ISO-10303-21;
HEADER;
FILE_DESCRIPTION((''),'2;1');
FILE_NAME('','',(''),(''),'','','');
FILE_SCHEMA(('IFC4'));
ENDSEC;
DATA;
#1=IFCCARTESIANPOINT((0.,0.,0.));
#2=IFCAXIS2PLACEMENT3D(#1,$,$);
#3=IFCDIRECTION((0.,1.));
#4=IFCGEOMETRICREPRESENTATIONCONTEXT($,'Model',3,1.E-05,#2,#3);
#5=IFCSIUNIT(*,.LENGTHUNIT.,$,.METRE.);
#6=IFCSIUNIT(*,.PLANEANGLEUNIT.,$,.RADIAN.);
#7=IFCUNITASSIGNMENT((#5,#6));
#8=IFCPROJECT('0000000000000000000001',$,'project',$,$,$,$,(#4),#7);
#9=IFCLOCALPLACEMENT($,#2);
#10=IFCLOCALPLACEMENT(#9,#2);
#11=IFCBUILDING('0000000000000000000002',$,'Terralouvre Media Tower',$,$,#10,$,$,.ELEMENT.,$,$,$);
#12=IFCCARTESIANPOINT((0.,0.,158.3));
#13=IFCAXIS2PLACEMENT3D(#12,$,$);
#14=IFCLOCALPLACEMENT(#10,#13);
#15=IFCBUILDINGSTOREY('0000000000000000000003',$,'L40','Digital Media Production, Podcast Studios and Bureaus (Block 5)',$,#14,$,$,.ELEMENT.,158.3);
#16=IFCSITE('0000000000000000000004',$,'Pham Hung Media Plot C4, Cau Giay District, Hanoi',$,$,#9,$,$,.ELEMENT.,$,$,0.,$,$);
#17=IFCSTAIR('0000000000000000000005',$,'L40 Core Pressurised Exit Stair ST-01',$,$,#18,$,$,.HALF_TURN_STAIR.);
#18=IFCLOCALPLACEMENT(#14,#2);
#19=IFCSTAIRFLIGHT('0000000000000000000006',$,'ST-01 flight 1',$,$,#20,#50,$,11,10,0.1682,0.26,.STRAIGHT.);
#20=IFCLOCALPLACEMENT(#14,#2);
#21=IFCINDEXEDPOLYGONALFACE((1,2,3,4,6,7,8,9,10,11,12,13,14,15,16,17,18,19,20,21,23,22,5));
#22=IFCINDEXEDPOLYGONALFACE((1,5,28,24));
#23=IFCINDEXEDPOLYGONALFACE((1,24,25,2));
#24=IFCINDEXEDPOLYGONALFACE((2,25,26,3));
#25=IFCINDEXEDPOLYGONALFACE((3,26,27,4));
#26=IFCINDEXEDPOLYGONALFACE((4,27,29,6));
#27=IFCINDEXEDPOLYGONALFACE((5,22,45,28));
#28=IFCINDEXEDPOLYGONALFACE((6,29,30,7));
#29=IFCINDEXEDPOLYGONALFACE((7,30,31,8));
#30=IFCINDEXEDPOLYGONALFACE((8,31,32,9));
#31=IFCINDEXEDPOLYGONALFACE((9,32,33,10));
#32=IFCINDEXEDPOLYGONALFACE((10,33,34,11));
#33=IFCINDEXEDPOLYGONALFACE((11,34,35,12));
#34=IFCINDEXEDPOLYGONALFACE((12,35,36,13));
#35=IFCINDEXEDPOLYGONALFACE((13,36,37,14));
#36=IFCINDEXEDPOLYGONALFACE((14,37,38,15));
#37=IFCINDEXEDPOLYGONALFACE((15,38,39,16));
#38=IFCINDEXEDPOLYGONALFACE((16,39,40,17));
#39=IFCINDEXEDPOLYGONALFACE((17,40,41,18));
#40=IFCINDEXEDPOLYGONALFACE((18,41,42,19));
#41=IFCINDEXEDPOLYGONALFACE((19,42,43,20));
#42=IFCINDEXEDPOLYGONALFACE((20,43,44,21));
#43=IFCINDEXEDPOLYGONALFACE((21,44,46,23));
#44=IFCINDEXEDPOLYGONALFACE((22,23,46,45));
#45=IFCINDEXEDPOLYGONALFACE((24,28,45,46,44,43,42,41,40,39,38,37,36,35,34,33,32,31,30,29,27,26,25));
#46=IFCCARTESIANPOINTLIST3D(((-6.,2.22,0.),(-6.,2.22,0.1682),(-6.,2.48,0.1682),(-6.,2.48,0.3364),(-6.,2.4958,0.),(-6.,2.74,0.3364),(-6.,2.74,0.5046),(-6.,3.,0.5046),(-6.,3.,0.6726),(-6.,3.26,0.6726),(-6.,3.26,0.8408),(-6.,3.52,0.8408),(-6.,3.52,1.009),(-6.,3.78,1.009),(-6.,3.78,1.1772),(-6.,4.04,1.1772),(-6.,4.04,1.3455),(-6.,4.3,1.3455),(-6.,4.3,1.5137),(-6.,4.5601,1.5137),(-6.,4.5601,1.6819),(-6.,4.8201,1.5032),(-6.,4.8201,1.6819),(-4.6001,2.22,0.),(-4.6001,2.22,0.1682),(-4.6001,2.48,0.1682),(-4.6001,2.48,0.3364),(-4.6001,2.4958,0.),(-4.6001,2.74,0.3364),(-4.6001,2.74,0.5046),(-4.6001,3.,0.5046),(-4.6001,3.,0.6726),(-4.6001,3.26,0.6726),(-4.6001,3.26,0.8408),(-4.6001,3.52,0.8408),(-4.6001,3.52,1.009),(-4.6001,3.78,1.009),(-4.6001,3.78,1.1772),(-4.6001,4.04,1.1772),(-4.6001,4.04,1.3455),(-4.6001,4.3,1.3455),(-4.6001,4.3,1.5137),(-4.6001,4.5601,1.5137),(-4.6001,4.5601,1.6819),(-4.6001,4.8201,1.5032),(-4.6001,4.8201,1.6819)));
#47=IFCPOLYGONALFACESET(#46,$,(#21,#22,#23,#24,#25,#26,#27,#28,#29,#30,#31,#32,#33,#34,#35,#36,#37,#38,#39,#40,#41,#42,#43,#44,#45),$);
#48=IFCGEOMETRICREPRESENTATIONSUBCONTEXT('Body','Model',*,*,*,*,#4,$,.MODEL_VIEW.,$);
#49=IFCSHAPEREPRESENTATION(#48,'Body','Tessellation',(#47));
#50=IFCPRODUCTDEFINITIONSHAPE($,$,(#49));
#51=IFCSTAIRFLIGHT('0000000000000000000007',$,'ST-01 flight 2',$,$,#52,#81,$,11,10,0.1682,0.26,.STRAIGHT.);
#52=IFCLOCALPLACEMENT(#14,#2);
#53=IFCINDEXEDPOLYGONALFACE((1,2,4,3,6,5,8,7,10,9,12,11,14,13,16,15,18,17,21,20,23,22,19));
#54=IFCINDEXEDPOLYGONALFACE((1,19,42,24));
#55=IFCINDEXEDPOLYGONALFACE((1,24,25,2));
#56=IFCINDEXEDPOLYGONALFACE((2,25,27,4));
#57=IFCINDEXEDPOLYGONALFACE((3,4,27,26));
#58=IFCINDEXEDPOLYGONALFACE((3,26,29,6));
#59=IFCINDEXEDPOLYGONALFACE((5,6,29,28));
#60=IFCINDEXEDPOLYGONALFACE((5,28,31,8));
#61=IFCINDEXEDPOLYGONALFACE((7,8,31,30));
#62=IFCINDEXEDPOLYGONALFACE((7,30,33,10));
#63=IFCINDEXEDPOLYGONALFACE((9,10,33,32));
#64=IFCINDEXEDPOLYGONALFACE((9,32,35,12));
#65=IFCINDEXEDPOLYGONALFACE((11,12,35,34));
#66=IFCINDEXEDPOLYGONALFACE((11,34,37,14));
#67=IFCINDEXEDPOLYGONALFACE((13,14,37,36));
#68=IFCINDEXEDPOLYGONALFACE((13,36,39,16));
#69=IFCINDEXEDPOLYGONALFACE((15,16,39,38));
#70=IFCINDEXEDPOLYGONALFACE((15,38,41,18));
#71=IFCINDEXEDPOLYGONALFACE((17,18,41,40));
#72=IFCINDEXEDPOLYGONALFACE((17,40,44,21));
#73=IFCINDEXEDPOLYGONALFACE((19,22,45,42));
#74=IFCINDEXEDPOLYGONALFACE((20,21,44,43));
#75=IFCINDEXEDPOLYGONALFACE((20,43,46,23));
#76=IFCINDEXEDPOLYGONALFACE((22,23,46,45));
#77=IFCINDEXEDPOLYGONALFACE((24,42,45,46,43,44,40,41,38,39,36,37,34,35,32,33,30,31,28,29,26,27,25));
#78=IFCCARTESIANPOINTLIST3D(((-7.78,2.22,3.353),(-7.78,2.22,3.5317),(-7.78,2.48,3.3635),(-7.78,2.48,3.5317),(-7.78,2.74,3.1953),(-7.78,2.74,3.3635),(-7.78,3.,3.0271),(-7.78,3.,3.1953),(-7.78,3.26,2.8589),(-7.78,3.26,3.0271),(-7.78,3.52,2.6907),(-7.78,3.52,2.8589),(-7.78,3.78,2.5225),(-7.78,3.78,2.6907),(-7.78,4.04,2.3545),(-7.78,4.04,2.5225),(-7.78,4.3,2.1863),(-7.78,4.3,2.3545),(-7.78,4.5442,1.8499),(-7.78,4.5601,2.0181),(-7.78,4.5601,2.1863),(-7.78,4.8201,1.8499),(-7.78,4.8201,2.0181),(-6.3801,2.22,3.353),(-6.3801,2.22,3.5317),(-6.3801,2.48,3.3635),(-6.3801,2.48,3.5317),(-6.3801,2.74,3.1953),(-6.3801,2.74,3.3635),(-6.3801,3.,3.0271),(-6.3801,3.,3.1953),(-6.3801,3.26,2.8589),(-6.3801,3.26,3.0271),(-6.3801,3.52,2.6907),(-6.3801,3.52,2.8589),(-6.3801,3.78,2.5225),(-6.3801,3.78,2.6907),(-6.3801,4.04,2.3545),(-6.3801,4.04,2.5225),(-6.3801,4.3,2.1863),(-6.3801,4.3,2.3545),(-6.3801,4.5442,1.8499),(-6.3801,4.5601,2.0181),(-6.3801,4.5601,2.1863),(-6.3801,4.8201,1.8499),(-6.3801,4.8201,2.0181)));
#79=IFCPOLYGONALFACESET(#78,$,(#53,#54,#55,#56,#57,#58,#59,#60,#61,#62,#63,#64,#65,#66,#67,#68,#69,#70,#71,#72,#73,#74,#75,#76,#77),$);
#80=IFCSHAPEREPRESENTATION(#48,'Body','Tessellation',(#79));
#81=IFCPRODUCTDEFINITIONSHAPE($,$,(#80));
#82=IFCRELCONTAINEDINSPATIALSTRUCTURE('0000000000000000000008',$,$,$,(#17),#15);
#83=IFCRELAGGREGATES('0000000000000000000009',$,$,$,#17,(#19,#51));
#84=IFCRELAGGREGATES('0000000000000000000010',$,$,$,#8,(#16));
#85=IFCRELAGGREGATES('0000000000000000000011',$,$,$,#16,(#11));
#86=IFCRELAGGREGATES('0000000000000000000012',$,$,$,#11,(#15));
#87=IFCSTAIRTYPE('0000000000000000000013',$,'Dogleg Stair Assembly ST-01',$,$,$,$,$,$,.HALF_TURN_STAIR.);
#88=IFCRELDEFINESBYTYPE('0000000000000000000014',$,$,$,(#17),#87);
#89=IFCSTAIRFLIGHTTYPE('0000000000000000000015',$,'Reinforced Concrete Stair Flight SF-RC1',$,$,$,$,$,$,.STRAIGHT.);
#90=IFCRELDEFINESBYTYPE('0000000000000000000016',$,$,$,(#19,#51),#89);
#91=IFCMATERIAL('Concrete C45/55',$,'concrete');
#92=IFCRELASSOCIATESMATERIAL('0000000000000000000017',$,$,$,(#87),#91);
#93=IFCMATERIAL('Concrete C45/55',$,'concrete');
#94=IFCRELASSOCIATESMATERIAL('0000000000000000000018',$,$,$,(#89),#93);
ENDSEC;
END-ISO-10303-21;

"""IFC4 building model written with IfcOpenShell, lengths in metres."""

from ifc_helpers import new_model, si_unit, direction, frame, origin, place, context, subcontext, project, spatial, polyline, outline, extrude, material, type_object, element, aggregate, save


model = new_model("IFC4")

# Units and contexts
model_context = context("Model", 3, precision=1e-05, world=origin(), true_north=direction((0.0, 1.0)))
body_context = subcontext(model_context, "Body", "Model", "MODEL_VIEW")
ifc_project = project(units=[si_unit("LENGTHUNIT", "METRE"), si_unit("PLANEANGLEUNIT", "RADIAN")], contexts=[model_context])

# Site, building, storey
site_placement = place(None, origin())
site = spatial("IfcSite", under=ifc_project, at=site_placement, Name="Pham Hung Media Plot C4, Cau Giay District, Hanoi", CompositionType="ELEMENT", RefElevation=0.0)
building_placement = place(site_placement, origin())
building = spatial("IfcBuilding", under=site, at=building_placement, Name="Terralouvre Media Tower", CompositionType="ELEMENT")
storey_placement = place(building_placement, frame((0.0, 0.0, 158.3)))
storey = spatial("IfcBuildingStorey", under=building, at=storey_placement, Name="L40", Description="Digital Media Production, Podcast Studios and Bureaus (Block 5)", CompositionType="ELEMENT", Elevation=158.3)

# Stair, stair flights
ifc_material_1 = material(Name="Concrete C45/55", Category="concrete")
stair_type = type_object("IfcStairType", Name="Dogleg Stair Assembly ST-01", PredefinedType="HALF_TURN_STAIR", material=ifc_material_1)
stair_placement = place(storey_placement, origin())
stair = element("IfcStair", 1, at=stair_placement, inside=storey, type_object=stair_type, Name="L40 Core Pressurised Exit Stair ST-01", PredefinedType="HALF_TURN_STAIR")
ifc_material_2 = material(Name="Concrete C45/55", Category="concrete")
stair_flight_type = type_object("IfcStairFlightType", Name="Reinforced Concrete Stair Flight SF-RC1", PredefinedType="STRAIGHT", material=ifc_material_2)
stair_flight_1_placement = place(storey_placement, frame((-5.3, 2.22, 0.0), z_axis=(0.0, 0.0, 1.0), x_axis=(0.0, 1.0, 0.0)))
stair_flight_1 = element("IfcStairFlight", 2, at=stair_flight_1_placement, type_object=stair_flight_type, Name="ST-01 flight 1", NumberOfRisers=11, NumberOfTreads=10, PredefinedType="STRAIGHT", RiserHeight=0.1682, TreadLength=0.26, context=body_context, shape_type="SweptSolid", body=[
    extrude(outline(polyline([(0.0, 0.0), (0.0, 0.1682), (0.26, 0.1682), (0.26, 0.3364), (0.52, 0.3364), (0.52, 0.5046), (0.78, 0.5046), (0.78, 0.6726), (1.04, 0.6726), (1.04, 0.8408), (1.3, 0.8408), (1.3, 1.009), (1.5601, 1.009), (1.5601, 1.1772), (1.8201, 1.1772), (1.8201, 1.3455), (2.0801, 1.3455), (2.0801, 1.5137), (2.3401, 1.5137), (2.3401, 1.6819), (2.6001, 1.6819), (2.6001, 1.8501), (2.6001, 1.5032), (0.2759, 0.0), (0.0, 0.0)])), frame((0.0, 0.7, 0.0), z_axis=(0.0, -1.0, 0.0), x_axis=(1.0, 0.0, 0.0)), (0.0, 0.0, 1.0), 1.3999),
])
stair_flight_2_placement = place(storey_placement, frame((-7.0801, 4.8201, 1.8499), z_axis=(0.0, 0.0, 1.0), x_axis=(0.0, -1.0, 0.0)))
stair_flight_2 = element("IfcStairFlight", 3, at=stair_flight_2_placement, type_object=stair_flight_type, Name="ST-01 flight 2", NumberOfRisers=11, NumberOfTreads=10, PredefinedType="STRAIGHT", RiserHeight=0.1682, TreadLength=0.26, context=body_context, shape_type="SweptSolid", body=[
    extrude(outline(polyline([(0.0, 0.0), (0.0, 0.1682), (0.26, 0.1682), (0.26, 0.3364), (0.52, 0.3364), (0.52, 0.5046), (0.78, 0.5046), (0.78, 0.6726), (1.04, 0.6726), (1.04, 0.8408), (1.3, 0.8408), (1.3, 1.009), (1.5601, 1.009), (1.5601, 1.1772), (1.8201, 1.1772), (1.8201, 1.3455), (2.0801, 1.3455), (2.0801, 1.5137), (2.3401, 1.5137), (2.3401, 1.6819), (2.6001, 1.6819), (2.6001, 1.8501), (2.6001, 1.5032), (0.2759, 0.0), (0.0, 0.0)])), frame((0.0, 0.7, 0.0), z_axis=(0.0, -1.0, 0.0), x_axis=(1.0, 0.0, 0.0)), (0.0, 0.0, 1.0), 1.3999),
])
aggregate(stair, [stair_flight_1, stair_flight_2])

save(model, "model.ifc")
